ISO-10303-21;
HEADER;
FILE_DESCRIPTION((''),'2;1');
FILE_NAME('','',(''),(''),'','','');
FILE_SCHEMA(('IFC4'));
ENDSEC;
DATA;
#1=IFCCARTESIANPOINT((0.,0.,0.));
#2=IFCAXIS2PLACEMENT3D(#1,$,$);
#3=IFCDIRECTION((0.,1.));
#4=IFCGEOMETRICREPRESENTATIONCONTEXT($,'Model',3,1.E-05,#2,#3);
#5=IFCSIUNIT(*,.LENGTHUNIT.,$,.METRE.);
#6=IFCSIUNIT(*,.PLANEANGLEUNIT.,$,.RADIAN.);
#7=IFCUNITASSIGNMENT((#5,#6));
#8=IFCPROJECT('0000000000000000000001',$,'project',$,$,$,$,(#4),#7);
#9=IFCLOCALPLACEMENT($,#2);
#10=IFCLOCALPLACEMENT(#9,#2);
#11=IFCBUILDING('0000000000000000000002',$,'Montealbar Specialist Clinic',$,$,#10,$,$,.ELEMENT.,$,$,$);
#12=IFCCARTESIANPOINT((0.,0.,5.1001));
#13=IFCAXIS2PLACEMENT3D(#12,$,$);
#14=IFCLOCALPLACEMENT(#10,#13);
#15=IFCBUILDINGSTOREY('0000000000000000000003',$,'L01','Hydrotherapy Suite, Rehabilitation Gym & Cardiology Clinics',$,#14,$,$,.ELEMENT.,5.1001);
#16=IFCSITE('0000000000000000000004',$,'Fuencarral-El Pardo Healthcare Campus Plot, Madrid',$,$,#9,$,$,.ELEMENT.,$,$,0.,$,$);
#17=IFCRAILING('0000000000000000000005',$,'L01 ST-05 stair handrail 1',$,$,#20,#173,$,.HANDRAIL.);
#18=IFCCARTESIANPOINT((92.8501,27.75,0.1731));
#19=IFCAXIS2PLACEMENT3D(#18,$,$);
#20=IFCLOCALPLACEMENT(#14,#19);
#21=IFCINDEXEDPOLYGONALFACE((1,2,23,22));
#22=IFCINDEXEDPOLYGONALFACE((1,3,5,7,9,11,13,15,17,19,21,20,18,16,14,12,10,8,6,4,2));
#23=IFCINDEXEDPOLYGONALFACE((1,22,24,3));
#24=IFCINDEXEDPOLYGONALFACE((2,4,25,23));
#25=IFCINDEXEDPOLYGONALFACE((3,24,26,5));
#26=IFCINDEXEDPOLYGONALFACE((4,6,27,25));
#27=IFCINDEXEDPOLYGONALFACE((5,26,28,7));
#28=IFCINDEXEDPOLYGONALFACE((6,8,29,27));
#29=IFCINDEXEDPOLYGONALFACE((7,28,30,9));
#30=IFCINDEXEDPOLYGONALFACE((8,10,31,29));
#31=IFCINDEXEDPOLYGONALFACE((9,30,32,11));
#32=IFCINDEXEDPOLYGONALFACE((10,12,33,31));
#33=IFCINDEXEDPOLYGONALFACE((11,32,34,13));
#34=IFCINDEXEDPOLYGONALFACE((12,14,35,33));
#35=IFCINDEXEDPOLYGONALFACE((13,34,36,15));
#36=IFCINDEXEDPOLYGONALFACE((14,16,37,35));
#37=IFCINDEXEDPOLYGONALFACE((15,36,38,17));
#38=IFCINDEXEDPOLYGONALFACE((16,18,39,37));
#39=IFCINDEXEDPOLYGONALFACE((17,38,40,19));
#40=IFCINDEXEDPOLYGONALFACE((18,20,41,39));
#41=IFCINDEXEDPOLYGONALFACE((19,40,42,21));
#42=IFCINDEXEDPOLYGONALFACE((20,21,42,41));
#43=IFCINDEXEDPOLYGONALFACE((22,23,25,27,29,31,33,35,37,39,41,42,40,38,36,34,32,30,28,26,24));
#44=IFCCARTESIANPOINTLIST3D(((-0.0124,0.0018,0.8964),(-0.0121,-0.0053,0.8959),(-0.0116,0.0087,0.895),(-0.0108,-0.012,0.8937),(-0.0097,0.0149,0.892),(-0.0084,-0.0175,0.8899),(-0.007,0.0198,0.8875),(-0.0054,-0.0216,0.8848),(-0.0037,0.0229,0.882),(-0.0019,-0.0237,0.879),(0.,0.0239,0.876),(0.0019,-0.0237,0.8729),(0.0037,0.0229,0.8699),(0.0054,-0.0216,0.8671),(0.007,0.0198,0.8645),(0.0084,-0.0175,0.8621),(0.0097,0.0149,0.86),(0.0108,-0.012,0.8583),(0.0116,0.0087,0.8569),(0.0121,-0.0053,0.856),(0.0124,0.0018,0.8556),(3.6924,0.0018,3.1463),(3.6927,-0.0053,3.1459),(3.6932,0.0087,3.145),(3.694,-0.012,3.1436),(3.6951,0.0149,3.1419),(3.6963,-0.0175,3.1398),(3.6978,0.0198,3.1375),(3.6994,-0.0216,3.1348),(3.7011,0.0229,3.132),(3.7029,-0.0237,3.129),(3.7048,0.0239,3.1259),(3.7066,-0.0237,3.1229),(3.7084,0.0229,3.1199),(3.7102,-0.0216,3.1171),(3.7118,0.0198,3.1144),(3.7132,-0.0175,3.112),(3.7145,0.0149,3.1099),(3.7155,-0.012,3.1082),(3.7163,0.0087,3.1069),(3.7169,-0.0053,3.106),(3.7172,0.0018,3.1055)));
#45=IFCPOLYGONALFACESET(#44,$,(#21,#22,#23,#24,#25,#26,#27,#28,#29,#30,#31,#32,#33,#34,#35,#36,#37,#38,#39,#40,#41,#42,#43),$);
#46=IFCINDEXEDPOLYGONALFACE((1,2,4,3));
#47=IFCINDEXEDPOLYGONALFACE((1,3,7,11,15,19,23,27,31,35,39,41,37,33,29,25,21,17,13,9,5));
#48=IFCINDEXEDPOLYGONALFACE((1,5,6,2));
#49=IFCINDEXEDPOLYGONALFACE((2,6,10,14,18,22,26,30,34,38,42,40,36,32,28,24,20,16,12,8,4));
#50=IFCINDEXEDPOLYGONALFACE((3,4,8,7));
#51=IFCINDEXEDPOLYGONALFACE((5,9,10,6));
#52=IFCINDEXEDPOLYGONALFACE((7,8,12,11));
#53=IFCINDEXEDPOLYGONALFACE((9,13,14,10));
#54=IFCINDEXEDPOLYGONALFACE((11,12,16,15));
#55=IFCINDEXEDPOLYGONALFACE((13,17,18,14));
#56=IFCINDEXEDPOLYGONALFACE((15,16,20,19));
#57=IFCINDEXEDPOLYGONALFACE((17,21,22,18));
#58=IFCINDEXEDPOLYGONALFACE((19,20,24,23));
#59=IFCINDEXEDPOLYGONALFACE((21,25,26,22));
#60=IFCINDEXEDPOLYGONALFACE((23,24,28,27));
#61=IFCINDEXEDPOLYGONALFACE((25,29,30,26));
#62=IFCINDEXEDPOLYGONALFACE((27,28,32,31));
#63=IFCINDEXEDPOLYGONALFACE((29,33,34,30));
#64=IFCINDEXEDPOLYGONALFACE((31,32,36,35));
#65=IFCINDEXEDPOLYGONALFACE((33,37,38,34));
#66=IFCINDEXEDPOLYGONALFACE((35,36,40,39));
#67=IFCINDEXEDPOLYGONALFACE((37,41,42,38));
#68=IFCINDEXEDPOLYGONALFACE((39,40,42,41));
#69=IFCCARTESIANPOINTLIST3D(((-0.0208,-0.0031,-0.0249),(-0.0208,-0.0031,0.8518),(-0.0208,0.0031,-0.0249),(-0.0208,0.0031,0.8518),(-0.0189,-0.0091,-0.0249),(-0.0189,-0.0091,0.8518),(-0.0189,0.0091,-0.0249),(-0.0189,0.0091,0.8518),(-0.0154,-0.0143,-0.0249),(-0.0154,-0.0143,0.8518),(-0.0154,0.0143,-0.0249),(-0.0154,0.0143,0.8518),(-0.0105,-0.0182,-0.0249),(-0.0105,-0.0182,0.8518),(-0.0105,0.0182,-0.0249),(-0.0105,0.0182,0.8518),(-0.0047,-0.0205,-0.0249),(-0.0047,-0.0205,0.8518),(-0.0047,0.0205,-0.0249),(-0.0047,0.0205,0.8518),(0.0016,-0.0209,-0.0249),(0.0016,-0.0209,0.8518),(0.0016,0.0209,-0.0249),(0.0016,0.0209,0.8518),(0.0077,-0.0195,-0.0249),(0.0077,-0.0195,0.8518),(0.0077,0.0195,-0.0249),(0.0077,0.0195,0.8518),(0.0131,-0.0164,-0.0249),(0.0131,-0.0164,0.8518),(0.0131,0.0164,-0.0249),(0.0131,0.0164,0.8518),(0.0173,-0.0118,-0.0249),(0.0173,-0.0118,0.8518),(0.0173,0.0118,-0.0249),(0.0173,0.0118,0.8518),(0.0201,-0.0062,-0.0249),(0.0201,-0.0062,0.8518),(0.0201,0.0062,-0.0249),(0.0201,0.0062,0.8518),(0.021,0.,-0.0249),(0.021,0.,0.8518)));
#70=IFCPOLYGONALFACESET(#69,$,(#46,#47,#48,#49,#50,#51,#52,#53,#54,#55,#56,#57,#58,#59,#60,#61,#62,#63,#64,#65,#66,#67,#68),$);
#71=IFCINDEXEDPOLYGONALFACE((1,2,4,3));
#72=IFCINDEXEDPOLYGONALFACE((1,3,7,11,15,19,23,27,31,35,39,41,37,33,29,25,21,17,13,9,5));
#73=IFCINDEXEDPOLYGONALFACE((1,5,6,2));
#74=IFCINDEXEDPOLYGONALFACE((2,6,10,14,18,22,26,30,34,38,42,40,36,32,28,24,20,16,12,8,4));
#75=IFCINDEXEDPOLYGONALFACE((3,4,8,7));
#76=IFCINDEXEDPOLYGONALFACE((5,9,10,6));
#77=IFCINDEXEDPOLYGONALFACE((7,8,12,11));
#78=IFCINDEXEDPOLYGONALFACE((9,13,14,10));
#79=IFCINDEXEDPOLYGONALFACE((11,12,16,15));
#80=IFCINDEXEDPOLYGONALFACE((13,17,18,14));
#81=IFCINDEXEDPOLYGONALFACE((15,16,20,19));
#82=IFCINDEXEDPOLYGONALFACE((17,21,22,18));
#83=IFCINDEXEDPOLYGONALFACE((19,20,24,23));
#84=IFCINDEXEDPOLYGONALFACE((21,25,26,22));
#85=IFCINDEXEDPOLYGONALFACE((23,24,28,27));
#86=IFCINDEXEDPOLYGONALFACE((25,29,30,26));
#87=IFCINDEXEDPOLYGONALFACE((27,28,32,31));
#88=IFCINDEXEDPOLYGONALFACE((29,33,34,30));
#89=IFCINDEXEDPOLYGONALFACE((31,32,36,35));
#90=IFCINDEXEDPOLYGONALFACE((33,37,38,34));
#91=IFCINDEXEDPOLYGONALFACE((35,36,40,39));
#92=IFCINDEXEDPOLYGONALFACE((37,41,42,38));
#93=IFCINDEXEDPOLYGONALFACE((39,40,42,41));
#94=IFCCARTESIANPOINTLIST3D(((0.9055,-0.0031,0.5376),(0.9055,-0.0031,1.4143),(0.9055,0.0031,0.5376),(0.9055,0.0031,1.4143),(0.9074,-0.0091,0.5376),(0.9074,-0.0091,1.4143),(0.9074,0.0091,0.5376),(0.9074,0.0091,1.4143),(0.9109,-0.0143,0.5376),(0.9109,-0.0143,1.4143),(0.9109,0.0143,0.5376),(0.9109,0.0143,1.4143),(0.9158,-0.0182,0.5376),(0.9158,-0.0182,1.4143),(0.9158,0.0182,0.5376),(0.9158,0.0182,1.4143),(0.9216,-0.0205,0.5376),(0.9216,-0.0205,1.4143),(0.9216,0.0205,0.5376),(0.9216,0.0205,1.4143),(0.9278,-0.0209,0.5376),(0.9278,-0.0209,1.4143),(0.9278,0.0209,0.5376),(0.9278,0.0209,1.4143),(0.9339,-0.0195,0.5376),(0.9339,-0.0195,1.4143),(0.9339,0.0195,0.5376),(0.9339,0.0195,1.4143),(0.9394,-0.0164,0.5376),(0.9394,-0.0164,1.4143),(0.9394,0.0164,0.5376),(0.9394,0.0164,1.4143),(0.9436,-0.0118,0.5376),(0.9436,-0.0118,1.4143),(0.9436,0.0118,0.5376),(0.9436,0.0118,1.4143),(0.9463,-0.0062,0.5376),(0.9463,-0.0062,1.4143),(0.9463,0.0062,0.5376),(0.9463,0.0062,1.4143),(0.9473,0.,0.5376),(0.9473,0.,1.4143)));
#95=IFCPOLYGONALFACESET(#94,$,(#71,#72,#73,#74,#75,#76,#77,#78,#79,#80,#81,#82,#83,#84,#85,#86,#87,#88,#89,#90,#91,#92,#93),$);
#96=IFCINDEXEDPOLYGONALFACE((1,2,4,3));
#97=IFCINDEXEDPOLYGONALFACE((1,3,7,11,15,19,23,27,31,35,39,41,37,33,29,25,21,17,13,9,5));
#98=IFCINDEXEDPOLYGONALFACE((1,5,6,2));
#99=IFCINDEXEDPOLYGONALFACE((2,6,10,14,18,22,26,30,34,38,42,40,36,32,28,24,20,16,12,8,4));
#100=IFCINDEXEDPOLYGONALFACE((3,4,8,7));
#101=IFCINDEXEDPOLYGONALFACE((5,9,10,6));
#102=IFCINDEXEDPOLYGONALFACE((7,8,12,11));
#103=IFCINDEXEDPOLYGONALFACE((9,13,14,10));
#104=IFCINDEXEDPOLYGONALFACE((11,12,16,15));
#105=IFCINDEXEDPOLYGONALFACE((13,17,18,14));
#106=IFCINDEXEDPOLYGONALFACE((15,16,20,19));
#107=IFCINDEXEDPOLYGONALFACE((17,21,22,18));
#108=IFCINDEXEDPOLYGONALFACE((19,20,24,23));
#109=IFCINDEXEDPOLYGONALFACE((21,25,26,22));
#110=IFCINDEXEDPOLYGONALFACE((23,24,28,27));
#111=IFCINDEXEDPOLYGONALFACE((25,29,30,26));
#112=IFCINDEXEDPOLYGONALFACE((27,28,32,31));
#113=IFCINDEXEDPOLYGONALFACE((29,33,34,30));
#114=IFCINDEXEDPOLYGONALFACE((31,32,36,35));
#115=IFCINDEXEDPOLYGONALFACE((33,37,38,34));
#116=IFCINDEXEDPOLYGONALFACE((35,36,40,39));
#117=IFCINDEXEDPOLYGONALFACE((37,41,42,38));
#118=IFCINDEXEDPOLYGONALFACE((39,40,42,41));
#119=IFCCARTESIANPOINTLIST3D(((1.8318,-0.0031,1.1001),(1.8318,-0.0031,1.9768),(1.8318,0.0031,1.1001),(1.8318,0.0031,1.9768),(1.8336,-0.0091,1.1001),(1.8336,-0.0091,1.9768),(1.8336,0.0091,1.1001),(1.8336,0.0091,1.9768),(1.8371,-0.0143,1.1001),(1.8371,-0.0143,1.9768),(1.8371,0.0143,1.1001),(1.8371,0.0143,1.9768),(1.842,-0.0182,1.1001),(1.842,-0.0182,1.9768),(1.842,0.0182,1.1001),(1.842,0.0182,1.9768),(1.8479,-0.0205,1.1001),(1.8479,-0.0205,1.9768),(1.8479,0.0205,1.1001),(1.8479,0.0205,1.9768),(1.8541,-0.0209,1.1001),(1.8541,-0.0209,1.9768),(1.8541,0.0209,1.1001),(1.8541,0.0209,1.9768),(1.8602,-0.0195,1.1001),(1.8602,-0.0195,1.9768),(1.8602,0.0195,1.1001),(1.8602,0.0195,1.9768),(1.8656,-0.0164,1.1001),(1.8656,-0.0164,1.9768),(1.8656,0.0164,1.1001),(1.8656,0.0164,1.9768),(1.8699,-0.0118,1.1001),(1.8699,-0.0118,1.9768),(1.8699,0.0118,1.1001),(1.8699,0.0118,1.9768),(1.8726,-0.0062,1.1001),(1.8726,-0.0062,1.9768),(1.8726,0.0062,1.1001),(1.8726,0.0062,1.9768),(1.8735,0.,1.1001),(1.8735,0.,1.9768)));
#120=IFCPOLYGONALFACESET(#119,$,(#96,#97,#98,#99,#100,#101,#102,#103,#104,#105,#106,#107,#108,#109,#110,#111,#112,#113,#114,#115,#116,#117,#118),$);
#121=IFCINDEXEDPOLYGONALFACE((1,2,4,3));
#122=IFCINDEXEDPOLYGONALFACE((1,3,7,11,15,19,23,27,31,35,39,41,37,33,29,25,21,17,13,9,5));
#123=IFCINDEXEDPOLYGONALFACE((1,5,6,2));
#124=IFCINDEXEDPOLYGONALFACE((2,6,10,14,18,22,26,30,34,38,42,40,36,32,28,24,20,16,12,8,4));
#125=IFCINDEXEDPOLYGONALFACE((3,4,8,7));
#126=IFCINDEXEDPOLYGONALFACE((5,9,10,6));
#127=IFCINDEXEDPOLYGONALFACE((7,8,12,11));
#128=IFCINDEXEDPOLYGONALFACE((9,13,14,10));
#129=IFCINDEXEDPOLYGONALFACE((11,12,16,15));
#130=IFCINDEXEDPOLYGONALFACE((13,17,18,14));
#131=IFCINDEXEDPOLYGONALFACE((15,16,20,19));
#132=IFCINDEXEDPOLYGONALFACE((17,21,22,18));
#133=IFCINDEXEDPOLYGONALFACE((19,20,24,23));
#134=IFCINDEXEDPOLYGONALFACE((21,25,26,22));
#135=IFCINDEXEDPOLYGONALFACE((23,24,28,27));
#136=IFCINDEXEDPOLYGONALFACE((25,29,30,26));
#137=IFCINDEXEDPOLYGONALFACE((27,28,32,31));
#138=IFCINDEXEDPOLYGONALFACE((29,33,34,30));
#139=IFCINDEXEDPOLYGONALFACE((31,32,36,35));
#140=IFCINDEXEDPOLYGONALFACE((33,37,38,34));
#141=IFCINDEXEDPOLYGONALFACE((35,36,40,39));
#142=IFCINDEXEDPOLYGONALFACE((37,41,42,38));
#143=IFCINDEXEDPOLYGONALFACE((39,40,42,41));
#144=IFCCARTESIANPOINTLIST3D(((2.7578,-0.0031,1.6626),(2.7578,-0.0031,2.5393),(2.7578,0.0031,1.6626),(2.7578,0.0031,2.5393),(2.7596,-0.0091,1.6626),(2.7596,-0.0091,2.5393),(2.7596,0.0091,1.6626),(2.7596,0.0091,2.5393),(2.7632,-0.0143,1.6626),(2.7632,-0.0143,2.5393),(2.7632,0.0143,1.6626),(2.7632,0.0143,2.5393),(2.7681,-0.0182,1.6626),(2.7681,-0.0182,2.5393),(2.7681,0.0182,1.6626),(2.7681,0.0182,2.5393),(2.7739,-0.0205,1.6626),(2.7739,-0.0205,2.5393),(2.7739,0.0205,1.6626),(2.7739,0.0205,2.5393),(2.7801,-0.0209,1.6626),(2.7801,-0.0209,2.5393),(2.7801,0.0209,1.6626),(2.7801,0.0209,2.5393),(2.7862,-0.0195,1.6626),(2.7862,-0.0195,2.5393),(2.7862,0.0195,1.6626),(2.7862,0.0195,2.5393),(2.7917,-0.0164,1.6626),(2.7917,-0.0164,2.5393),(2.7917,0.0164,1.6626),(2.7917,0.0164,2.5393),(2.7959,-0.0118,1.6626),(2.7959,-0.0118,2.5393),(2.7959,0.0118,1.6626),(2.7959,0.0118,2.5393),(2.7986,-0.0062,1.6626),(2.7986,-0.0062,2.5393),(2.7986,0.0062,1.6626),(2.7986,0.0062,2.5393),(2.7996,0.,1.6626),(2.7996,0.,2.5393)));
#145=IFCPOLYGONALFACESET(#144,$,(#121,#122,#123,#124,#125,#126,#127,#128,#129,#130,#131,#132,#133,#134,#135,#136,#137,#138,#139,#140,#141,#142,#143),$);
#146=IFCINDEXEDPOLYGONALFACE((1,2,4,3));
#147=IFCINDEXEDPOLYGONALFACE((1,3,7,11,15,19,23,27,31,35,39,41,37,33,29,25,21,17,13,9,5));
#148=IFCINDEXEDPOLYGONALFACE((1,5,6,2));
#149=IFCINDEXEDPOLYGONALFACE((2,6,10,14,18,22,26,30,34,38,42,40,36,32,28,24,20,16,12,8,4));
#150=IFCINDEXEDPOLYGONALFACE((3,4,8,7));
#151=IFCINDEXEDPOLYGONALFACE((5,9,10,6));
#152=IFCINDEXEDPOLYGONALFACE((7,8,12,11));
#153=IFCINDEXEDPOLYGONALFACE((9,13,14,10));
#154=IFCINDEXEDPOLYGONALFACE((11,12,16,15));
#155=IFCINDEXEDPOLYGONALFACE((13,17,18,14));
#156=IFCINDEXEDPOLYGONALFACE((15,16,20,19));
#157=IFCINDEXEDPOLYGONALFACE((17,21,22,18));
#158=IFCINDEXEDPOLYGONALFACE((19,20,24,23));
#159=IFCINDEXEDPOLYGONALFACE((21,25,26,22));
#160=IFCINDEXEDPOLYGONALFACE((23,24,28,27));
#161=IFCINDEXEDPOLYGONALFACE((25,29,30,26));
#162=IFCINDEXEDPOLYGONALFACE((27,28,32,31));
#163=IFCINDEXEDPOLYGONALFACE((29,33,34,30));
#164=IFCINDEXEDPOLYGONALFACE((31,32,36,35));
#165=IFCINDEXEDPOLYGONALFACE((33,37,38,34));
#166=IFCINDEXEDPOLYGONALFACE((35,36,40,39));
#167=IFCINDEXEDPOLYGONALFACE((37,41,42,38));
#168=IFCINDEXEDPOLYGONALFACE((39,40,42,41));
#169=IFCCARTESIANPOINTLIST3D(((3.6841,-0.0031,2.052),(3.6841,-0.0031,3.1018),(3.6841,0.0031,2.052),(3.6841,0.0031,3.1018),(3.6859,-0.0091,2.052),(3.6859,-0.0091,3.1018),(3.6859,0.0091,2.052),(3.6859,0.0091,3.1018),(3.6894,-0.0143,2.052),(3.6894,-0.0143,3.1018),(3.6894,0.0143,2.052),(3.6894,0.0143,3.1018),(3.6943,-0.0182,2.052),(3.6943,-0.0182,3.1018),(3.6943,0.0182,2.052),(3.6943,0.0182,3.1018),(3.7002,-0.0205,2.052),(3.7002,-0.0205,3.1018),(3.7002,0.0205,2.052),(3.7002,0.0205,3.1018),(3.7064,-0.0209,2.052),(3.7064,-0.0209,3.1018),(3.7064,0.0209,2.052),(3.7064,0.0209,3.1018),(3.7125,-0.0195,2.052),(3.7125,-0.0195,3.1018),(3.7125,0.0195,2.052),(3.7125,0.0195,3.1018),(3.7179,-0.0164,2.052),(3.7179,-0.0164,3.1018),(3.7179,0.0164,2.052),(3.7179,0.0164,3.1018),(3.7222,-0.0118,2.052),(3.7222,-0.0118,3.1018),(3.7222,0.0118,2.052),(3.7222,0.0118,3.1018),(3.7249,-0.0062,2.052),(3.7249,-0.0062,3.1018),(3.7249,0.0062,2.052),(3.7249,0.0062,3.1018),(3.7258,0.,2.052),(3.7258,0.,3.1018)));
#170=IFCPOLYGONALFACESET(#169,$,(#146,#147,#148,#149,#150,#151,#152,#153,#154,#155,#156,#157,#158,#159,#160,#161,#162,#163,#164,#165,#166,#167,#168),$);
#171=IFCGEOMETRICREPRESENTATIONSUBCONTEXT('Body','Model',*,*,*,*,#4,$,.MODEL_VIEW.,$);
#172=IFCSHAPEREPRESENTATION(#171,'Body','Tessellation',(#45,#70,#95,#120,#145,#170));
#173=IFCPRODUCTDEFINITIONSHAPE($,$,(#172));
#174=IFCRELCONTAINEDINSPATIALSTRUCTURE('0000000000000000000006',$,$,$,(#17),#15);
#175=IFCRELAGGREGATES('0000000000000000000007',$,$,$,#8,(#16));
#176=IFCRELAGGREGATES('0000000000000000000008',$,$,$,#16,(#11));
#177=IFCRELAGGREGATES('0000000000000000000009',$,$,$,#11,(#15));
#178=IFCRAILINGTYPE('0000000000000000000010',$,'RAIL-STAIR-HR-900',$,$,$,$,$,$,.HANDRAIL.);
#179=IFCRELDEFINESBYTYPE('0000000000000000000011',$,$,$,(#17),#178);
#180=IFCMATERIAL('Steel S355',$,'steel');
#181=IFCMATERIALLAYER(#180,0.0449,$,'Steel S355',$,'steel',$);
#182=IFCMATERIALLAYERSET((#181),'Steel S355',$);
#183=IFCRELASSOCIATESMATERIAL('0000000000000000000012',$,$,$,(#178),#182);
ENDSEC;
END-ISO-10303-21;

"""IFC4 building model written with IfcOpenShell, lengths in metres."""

from ifc_helpers import new_model, si_unit, direction, frame, origin, origin_2d, place, context, subcontext, project, spatial, circle, extrude, material, layer, layer_set, type_object, element, save


model = new_model("IFC4")

# Units and contexts
model_context = context("Model", 3, precision=1e-05, world=origin(), true_north=direction((0.0, 1.0)))
body_context = subcontext(model_context, "Body", "Model", "MODEL_VIEW")
ifc_project = project(units=[si_unit("LENGTHUNIT", "METRE"), si_unit("PLANEANGLEUNIT", "RADIAN")], contexts=[model_context])

# Site, building, storey
site_placement = place(None, origin())
site = spatial("IfcSite", under=ifc_project, at=site_placement, Name="Fuencarral-El Pardo Healthcare Campus Plot, Madrid", CompositionType="ELEMENT", RefElevation=0.0)
building_placement = place(site_placement, origin())
building = spatial("IfcBuilding", under=site, at=building_placement, Name="Montealbar Specialist Clinic", CompositionType="ELEMENT")
storey_placement = place(building_placement, frame((0.0, 0.0, 5.1001)))
storey = spatial("IfcBuildingStorey", under=building, at=storey_placement, Name="L01", Description="Hydrotherapy Suite, Rehabilitation Gym & Cardiology Clinics", CompositionType="ELEMENT", Elevation=5.1001)

# Shared definitions
ifc_material_1 = material(Name="Steel S355", Category="steel")

# Railing
ifc_layer_1 = layer(ifc_material_1, 0.0449, Name="Steel S355", Category="steel")
ifc_layer_set_1 = layer_set([ifc_layer_1], Name="Steel S355")
railing_type_1 = type_object("IfcRailingType", Name="RAIL-STAIR-HR-900", PredefinedType="HANDRAIL", material=ifc_layer_set_1)
railing_1_placement = place(storey_placement, frame((92.8501, 27.75, 0.1731)))
element("IfcRailing", 1, at=railing_1_placement, inside=storey, type_object=railing_type_1, Name="L01 ST-05 stair handrail 1", PredefinedType="HANDRAIL", context=body_context, shape_type="SweptSolid", body=[
    extrude(circle(Radius=0.0239, at=origin_2d()), frame((0.0, 0.0, 0.876), z_axis=(0.854722, 0.0, 0.519085), x_axis=(0.0, 1.0, 0.0)), (0.0, 0.0, 1.0), 4.3345),
    extrude(circle(Radius=0.021, at=origin_2d()), frame((0.0, 0.0, -0.0249)), (0.0, 0.0, 1.0), 0.8767),
    extrude(circle(Radius=0.021, at=origin_2d()), frame((0.9263, 0.0, 0.5376)), (0.0, 0.0, 1.0), 0.8767),
    extrude(circle(Radius=0.021, at=origin_2d()), frame((1.8525, 0.0, 1.1001)), (0.0, 0.0, 1.0), 0.8767),
    extrude(circle(Radius=0.021, at=origin_2d()), frame((2.7786, 0.0, 1.6626)), (0.0, 0.0, 1.0), 0.8767),
    extrude(circle(Radius=0.021, at=origin_2d()), frame((3.7048, 0.0, 2.052)), (0.0, 0.0, 1.0), 1.0498),
])

save(model, "model.ifc")
